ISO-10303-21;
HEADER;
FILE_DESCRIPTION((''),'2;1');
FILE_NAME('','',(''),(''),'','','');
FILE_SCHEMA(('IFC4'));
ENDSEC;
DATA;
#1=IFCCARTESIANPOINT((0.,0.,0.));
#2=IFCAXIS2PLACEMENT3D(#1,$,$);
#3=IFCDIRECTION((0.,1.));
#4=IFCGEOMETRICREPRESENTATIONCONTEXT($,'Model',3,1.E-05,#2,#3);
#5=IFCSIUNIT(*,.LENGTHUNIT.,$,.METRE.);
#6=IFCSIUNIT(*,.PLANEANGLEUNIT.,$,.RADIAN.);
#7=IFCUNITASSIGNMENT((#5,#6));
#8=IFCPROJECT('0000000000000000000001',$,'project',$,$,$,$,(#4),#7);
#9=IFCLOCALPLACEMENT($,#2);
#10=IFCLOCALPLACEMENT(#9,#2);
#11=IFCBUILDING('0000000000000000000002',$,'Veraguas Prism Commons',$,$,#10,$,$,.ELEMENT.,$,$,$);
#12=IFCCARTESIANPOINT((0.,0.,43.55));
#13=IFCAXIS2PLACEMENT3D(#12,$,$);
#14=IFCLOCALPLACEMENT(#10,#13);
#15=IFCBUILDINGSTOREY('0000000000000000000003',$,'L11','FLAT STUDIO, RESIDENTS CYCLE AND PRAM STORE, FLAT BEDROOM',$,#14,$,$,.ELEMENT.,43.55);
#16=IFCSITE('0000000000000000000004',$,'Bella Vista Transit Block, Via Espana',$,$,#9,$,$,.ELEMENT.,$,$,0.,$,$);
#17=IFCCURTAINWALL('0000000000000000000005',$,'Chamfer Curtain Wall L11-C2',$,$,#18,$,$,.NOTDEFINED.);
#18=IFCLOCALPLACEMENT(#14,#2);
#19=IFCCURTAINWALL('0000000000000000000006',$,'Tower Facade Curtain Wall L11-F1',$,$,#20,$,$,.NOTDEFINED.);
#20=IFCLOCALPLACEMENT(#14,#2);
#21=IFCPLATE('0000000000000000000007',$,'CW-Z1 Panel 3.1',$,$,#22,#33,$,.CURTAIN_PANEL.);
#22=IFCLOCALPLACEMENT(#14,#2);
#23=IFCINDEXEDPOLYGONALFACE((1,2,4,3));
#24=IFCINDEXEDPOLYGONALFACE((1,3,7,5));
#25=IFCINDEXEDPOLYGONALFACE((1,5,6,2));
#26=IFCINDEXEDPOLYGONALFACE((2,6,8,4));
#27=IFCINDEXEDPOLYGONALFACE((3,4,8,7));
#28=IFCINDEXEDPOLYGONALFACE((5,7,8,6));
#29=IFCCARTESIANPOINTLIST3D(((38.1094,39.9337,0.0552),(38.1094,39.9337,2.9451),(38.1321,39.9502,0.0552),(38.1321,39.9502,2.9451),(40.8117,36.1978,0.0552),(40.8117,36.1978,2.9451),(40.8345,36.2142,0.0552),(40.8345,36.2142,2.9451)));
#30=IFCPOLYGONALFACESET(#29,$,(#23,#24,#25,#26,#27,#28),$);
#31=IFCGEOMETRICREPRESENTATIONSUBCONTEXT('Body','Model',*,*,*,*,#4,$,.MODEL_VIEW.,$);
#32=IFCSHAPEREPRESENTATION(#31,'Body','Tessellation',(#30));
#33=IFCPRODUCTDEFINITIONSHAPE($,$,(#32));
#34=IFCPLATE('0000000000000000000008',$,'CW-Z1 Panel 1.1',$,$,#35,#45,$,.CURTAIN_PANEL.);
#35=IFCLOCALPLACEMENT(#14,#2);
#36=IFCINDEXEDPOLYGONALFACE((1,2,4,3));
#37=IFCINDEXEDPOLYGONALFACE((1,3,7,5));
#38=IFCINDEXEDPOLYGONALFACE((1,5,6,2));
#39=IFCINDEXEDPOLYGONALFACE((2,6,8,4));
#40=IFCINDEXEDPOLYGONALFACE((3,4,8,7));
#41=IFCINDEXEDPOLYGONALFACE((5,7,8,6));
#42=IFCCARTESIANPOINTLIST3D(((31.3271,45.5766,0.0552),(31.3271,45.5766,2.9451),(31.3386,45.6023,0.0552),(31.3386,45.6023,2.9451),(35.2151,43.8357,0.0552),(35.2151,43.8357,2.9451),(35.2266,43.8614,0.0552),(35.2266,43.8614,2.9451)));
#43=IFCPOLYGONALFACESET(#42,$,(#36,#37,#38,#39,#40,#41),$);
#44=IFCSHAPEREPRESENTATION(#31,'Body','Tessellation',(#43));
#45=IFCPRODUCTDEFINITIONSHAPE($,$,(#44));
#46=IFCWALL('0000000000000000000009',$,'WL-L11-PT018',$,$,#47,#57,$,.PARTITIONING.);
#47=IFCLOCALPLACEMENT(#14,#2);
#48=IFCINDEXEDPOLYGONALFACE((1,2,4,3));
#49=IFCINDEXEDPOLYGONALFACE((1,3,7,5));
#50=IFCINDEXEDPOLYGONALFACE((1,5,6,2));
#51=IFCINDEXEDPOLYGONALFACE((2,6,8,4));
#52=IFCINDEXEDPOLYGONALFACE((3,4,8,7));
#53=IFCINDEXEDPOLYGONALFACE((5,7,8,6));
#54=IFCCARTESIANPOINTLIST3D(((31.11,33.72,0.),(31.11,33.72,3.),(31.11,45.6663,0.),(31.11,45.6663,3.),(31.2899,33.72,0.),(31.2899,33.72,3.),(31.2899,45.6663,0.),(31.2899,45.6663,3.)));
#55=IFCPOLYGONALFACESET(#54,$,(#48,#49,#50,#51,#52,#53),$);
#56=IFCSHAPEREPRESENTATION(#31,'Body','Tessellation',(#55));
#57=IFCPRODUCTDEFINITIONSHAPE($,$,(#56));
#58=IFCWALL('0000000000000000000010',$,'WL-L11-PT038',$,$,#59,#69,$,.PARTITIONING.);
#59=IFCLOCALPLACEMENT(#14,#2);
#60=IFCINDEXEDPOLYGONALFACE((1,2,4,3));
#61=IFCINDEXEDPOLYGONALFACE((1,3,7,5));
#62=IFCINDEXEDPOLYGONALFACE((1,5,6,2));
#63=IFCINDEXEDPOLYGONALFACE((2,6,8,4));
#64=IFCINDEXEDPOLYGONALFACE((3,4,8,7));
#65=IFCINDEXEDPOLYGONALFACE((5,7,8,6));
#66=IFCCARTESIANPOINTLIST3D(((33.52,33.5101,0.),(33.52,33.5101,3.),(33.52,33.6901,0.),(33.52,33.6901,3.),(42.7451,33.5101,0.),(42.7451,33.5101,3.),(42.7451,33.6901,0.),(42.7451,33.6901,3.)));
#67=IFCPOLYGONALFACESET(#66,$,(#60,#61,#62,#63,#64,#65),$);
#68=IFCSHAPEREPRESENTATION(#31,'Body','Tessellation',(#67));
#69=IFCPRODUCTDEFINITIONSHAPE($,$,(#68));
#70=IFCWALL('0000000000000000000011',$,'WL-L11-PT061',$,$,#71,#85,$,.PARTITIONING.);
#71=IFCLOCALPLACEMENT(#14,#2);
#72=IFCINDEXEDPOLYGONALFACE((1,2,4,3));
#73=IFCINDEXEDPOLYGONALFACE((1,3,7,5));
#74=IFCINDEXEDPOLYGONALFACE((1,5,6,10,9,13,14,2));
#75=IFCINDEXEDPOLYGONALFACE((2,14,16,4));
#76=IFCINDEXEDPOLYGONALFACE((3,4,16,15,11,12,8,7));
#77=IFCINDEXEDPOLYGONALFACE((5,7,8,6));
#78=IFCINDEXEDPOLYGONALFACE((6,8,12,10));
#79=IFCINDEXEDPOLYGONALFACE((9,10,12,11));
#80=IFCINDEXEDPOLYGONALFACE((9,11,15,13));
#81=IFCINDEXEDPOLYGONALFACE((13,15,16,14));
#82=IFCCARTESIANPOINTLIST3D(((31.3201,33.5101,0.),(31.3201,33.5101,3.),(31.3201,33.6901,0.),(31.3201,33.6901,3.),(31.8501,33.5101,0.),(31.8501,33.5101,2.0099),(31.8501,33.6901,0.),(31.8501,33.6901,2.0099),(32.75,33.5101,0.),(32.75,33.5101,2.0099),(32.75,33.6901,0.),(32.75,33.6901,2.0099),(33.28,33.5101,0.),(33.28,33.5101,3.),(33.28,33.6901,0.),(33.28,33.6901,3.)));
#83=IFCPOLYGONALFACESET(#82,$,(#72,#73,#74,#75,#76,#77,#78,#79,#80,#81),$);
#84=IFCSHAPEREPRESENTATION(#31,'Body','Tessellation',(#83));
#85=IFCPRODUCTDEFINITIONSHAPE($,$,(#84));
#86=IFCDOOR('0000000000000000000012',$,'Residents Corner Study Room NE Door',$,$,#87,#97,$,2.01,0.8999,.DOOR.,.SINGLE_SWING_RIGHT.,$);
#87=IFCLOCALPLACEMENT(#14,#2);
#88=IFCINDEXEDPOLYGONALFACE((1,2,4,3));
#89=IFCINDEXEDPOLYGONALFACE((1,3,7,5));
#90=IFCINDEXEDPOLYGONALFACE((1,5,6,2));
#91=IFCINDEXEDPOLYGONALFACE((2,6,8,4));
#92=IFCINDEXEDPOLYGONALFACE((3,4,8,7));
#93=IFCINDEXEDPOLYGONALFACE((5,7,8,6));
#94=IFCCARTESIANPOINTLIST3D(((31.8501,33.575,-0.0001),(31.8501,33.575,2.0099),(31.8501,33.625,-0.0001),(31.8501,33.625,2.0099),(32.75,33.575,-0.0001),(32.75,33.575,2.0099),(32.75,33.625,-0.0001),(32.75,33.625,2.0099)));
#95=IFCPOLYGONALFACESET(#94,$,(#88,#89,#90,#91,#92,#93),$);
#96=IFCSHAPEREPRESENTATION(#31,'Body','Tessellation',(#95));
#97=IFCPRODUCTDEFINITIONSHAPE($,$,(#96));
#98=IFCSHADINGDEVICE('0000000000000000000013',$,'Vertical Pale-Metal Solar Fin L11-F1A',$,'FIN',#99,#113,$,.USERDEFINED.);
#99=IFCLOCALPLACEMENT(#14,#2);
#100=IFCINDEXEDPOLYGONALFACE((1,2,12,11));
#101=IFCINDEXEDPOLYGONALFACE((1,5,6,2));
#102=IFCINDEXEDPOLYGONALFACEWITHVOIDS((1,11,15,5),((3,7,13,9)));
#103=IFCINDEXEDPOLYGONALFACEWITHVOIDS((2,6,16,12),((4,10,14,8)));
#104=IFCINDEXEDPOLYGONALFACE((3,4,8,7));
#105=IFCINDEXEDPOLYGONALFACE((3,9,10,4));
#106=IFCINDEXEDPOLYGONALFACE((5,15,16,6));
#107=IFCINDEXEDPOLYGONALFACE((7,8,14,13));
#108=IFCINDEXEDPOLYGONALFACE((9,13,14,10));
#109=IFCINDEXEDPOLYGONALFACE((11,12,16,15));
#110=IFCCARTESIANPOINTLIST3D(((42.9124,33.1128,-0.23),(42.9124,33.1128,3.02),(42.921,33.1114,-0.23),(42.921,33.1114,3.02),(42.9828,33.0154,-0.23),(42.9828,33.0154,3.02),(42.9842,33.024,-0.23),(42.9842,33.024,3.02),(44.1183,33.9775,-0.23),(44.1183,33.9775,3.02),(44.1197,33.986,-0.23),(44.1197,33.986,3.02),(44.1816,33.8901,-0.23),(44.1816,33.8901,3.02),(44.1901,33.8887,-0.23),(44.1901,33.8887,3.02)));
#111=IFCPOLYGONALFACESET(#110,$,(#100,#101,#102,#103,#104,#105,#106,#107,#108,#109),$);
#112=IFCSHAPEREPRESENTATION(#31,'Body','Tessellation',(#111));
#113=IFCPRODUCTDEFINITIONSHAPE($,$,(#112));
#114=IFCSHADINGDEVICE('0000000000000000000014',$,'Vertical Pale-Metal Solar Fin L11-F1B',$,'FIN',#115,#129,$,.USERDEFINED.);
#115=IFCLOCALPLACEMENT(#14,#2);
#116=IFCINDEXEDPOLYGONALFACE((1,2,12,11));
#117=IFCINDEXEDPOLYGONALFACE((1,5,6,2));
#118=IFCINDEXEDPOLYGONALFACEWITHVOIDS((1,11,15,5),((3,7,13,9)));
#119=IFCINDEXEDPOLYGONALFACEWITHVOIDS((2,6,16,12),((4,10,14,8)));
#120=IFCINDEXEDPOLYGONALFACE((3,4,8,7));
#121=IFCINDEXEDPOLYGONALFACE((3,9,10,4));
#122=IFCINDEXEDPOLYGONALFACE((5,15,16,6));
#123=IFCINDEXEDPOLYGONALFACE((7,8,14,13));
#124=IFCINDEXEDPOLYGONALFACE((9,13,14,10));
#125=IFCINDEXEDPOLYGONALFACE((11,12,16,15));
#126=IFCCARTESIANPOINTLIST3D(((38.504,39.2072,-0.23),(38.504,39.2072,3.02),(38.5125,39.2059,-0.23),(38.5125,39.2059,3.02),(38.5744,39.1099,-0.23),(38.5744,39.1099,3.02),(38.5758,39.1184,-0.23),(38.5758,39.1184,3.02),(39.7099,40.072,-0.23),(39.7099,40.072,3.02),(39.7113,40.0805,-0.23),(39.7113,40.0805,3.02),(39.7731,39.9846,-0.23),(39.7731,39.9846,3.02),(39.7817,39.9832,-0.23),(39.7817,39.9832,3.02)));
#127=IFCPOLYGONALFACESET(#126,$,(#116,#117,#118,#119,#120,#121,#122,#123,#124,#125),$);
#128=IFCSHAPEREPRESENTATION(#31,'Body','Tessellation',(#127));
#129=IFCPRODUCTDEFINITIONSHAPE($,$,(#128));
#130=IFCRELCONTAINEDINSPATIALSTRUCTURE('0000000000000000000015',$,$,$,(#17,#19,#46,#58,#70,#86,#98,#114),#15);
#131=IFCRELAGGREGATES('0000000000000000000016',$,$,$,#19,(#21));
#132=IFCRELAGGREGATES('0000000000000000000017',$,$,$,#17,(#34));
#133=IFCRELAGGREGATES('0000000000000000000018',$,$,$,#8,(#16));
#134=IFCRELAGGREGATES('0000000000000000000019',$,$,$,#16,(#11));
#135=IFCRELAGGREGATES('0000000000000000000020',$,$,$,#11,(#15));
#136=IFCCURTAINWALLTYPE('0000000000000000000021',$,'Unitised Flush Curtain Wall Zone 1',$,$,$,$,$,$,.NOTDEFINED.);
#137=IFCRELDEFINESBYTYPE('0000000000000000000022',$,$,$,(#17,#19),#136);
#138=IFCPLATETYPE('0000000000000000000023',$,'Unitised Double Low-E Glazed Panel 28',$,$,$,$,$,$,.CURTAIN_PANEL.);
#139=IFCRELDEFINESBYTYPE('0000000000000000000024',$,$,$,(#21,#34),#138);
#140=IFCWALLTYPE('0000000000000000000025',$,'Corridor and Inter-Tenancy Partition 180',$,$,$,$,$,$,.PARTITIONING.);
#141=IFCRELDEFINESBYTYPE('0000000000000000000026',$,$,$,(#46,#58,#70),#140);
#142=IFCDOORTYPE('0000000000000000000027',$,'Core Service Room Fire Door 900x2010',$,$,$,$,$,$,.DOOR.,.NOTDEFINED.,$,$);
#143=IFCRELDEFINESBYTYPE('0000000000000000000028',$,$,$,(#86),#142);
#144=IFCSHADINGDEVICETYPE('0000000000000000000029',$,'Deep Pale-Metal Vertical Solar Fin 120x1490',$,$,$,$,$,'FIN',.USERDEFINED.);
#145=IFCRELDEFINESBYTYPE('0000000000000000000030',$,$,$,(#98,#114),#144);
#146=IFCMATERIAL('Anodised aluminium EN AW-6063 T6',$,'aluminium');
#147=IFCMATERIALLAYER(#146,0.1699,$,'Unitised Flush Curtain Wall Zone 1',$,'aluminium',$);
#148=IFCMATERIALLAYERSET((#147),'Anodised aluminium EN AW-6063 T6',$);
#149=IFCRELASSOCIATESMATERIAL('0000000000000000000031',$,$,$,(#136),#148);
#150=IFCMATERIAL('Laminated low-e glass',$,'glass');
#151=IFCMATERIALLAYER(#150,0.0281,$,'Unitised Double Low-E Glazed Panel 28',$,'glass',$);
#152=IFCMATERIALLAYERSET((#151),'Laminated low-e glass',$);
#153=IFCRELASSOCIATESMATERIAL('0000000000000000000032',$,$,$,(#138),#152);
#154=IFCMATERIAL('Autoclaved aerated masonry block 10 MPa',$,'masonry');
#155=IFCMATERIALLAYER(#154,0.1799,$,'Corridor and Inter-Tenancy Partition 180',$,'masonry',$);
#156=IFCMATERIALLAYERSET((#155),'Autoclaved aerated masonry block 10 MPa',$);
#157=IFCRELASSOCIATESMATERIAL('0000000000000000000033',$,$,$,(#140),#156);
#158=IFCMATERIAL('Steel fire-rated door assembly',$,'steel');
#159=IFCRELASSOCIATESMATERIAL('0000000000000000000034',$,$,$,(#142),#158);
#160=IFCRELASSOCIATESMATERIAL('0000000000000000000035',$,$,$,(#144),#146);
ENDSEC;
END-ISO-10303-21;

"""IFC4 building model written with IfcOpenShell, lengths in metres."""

from ifc_helpers import new_model, si_unit, direction, frame, frame_2d, origin, origin_2d, place, context, subcontext, project, spatial, rectangle, hollow_rectangle, extrude, source, transform, mapped, material, layer, layer_set, material_profile, profile_set, type_object, element, fill, aggregate, save


model = new_model("IFC4")

# Units and contexts
model_context = context("Model", 3, precision=1e-05, world=origin(), true_north=direction((0.0, 1.0)))
body_context = subcontext(model_context, "Body", "Model", "MODEL_VIEW")
ifc_project = project(units=[si_unit("LENGTHUNIT", "METRE"), si_unit("PLANEANGLEUNIT", "RADIAN")], contexts=[model_context])

# Site, building, storey
site_placement = place(None, origin())
site = spatial("IfcSite", under=ifc_project, at=site_placement, Name="Bella Vista Transit Block, Via Espana", CompositionType="ELEMENT", RefElevation=0.0)
building_placement = place(site_placement, origin())
building = spatial("IfcBuilding", under=site, at=building_placement, Name="Veraguas Prism Commons", CompositionType="ELEMENT")
storey_placement = place(building_placement, frame((0.0, 0.0, 43.55)))
storey = spatial("IfcBuildingStorey", under=building, at=storey_placement, Name="L11", Description="FLAT STUDIO, RESIDENTS CYCLE AND PRAM STORE, FLAT BEDROOM", CompositionType="ELEMENT", Elevation=43.55)

# Curtain walls
ifc_material_1 = material(Name="Anodised aluminium EN AW-6063 T6", Category="aluminium")
ifc_layer_1 = layer(ifc_material_1, 0.1699, Name="Unitised Flush Curtain Wall Zone 1", Category="aluminium")
ifc_layer_set_1 = layer_set([ifc_layer_1], Name="Anodised aluminium EN AW-6063 T6")
curtain_wall_type = type_object("IfcCurtainWallType", Name="Unitised Flush Curtain Wall Zone 1", PredefinedType="NOTDEFINED", material=ifc_layer_set_1)
curtain_wall_1_placement = place(storey_placement, origin())
curtain_wall_1 = element("IfcCurtainWall", 1, at=curtain_wall_1_placement, inside=storey, type_object=curtain_wall_type, Name="Chamfer Curtain Wall L11-C2", PredefinedType="NOTDEFINED")
curtain_wall_2_placement = place(storey_placement, origin())
curtain_wall_2 = element("IfcCurtainWall", 2, at=curtain_wall_2_placement, inside=storey, type_object=curtain_wall_type, Name="Tower Facade Curtain Wall L11-F1", PredefinedType="NOTDEFINED")

# Plates
ifc_material_2 = material(Name="Laminated low-e glass", Category="glass")
ifc_layer_2 = layer(ifc_material_2, 0.0281, Name="Unitised Double Low-E Glazed Panel 28", Category="glass")
ifc_layer_set_2 = layer_set([ifc_layer_2], Name="Laminated low-e glass")
plate_type = type_object("IfcPlateType", Name="Unitised Double Low-E Glazed Panel 28", PredefinedType="CURTAIN_PANEL", material=ifc_layer_set_2)
shared_shape_1 = source(origin(), body_context, "Body", "SweptSolid", [
    extrude(rectangle(XDim=4.6108, YDim=0.0281, at=origin_2d()), origin(), (0.0, 0.0, 1.0), 2.8899),
])
plate_1_placement = place(storey_placement, frame((39.4719, 38.074, 0.0552), z_axis=(0.0, 0.0, 1.0), x_axis=(-0.586087, 0.810248, 0.0)))
plate_1 = element("IfcPlate", 3, at=plate_1_placement, type_object=plate_type, Name="CW-Z1 Panel 3.1", PredefinedType="CURTAIN_PANEL", context=body_context, shape_type="MappedRepresentation", body=[
    mapped(shared_shape_1, transform((0.0, 0.0, 0.0), scale=1.0)),
])
aggregate(curtain_wall_2, [plate_1])
shared_shape_2 = source(origin(), body_context, "Body", "SweptSolid", [
    extrude(rectangle(XDim=4.26, YDim=0.0281, at=origin_2d()), origin(), (0.0, 0.0, 1.0), 2.8899),
])
plate_2_placement = place(storey_placement, frame((33.2769, 44.719, 0.0552), z_axis=(0.0, 0.0, 1.0), x_axis=(-0.912687, 0.40866, 0.0)))
plate_2 = element("IfcPlate", 4, at=plate_2_placement, type_object=plate_type, Name="CW-Z1 Panel 1.1", PredefinedType="CURTAIN_PANEL", context=body_context, shape_type="MappedRepresentation", body=[
    mapped(shared_shape_2, transform((0.0, 0.0, 0.0), scale=1.0)),
])
aggregate(curtain_wall_1, [plate_2])

# Walls
ifc_material_3 = material(Name="Autoclaved aerated masonry block 10 MPa", Category="masonry")
ifc_layer_3 = layer(ifc_material_3, 0.1799, Name="Corridor and Inter-Tenancy Partition 180", Category="masonry")
ifc_layer_set_3 = layer_set([ifc_layer_3], Name="Autoclaved aerated masonry block 10 MPa")
wall_type = type_object("IfcWallType", Name="Corridor and Inter-Tenancy Partition 180", PredefinedType="PARTITIONING", material=ifc_layer_set_3)
wall_1_placement = place(storey_placement, frame((31.2, 33.72, 0.0), z_axis=(0.0, 0.0, 1.0), x_axis=(0.0, 1.0, 0.0)))
element("IfcWall", 5, at=wall_1_placement, inside=storey, type_object=wall_type, Name="WL-L11-PT018", PredefinedType="PARTITIONING", context=body_context, shape_type="SweptSolid", body=[
    extrude(rectangle(XDim=11.9463, YDim=0.1799, at=frame_2d((5.9731, 0.0))), origin(), (0.0, 0.0, 1.0), 3.0),
])
wall_2_placement = place(storey_placement, frame((33.52, 33.6001, 0.0), z_axis=(0.0, 0.0, 1.0), x_axis=(1.0, 0.0, 0.0)))
element("IfcWall", 6, at=wall_2_placement, inside=storey, type_object=wall_type, Name="WL-L11-PT038", PredefinedType="PARTITIONING", context=body_context, shape_type="SweptSolid", body=[
    extrude(rectangle(XDim=9.2251, YDim=0.1799, at=frame_2d((4.6125, 0.0))), origin(), (0.0, 0.0, 1.0), 3.0),
])

# Wall, opening, door
wall_3_placement = place(storey_placement, frame((31.3201, 33.6001, 0.0), z_axis=(0.0, 0.0, 1.0), x_axis=(1.0, 0.0, 0.0)))
wall_3 = element("IfcWall", 7, at=wall_3_placement, inside=storey, type_object=wall_type, Name="WL-L11-PT061", PredefinedType="PARTITIONING", context=body_context, shape_type="SweptSolid", body=[
    extrude(rectangle(XDim=1.96, YDim=0.1799, at=frame_2d((0.98, 0.0))), origin(), (0.0, 0.0, 1.0), 3.0),
])
opening_placement = place(wall_3_placement, frame((0.53, 0.0, 0.0)))
opening = element("IfcOpeningElement", 8, at=opening_placement, cuts=wall_3, PredefinedType="OPENING", context=body_context, shape_type="SweptSolid", body=[
    extrude(rectangle(XDim=0.8999, YDim=2.01, at=frame_2d((0.45, 1.0049))), frame((0.0, 0.0999, 0.0), z_axis=(0.0, -1.0, 0.0), x_axis=(1.0, 0.0, 0.0)), (0.0, 0.0, 1.0), 0.2),
])
ifc_material_4 = material(Name="Steel fire-rated door assembly", Category="steel")
door_type = type_object("IfcDoorType", Name="Core Service Room Fire Door 900x2010", OperationType="NOTDEFINED", PredefinedType="DOOR", material=ifc_material_4)
shared_shape_3 = source(origin(), body_context, "Body", "SweptSolid", [
    extrude(rectangle(XDim=0.8999, YDim=2.01, at=frame_2d((0.45, 1.0049))), frame((0.0, 0.0249, 0.0), z_axis=(0.0, -1.0, 0.0), x_axis=(1.0, 0.0, 0.0)), (0.0, 0.0, 1.0), 0.05),
])
door_placement = place(opening_placement, origin())
door = element("IfcDoor", 9, at=door_placement, inside=storey, type_object=door_type, Name="Residents Corner Study Room NE Door", OperationType="SINGLE_SWING_RIGHT", OverallHeight=2.01, OverallWidth=0.8999, PredefinedType="DOOR", context=body_context, shape_type="MappedRepresentation", body=[
    mapped(shared_shape_3, transform((0.0, 0.0, 0.0), scale=1.0)),
])
fill(opening, door)

# Shading devices
ifc_material_profile_1 = material_profile(ifc_material_1, hollow_rectangle(XDim=0.1201, YDim=1.49, WallThickness=0.0061, at=origin_2d()), Name="FIN120X1490X6")
ifc_profile_set_1 = profile_set([ifc_material_profile_1], Name="Anodised aluminium EN AW-6063 T6")
shading_device_type = type_object("IfcShadingDeviceType", Name="Deep Pale-Metal Vertical Solar Fin 120x1490", ElementType="FIN", PredefinedType="USERDEFINED", material=ifc_profile_set_1)
for number, where, z_axis, x_axis, name in (
    (10, (43.5513, 33.5007, -0.23), (0.0, 0.0, 1.0), (-0.58609, 0.810246, 0.0), "Vertical Pale-Metal Solar Fin L11-F1A"),
    (11, (39.1428, 39.5952, -0.23), (0.0, 0.0, 1.0), (-0.58609, 0.810246, 0.0), "Vertical Pale-Metal Solar Fin L11-F1B"),
):
    element("IfcShadingDevice", number, at=place(storey_placement, frame(where, z_axis=z_axis, x_axis=x_axis)), inside=storey, type_object=shading_device_type, Name=name, ObjectType="FIN", PredefinedType="USERDEFINED", context=body_context, shape_type="SweptSolid", body=[
        extrude(hollow_rectangle(XDim=0.1201, YDim=1.49, WallThickness=0.0061, at=origin_2d()), origin(), (0.0, 0.0, 1.0), 3.25),
    ])

save(model, "model.ifc")
